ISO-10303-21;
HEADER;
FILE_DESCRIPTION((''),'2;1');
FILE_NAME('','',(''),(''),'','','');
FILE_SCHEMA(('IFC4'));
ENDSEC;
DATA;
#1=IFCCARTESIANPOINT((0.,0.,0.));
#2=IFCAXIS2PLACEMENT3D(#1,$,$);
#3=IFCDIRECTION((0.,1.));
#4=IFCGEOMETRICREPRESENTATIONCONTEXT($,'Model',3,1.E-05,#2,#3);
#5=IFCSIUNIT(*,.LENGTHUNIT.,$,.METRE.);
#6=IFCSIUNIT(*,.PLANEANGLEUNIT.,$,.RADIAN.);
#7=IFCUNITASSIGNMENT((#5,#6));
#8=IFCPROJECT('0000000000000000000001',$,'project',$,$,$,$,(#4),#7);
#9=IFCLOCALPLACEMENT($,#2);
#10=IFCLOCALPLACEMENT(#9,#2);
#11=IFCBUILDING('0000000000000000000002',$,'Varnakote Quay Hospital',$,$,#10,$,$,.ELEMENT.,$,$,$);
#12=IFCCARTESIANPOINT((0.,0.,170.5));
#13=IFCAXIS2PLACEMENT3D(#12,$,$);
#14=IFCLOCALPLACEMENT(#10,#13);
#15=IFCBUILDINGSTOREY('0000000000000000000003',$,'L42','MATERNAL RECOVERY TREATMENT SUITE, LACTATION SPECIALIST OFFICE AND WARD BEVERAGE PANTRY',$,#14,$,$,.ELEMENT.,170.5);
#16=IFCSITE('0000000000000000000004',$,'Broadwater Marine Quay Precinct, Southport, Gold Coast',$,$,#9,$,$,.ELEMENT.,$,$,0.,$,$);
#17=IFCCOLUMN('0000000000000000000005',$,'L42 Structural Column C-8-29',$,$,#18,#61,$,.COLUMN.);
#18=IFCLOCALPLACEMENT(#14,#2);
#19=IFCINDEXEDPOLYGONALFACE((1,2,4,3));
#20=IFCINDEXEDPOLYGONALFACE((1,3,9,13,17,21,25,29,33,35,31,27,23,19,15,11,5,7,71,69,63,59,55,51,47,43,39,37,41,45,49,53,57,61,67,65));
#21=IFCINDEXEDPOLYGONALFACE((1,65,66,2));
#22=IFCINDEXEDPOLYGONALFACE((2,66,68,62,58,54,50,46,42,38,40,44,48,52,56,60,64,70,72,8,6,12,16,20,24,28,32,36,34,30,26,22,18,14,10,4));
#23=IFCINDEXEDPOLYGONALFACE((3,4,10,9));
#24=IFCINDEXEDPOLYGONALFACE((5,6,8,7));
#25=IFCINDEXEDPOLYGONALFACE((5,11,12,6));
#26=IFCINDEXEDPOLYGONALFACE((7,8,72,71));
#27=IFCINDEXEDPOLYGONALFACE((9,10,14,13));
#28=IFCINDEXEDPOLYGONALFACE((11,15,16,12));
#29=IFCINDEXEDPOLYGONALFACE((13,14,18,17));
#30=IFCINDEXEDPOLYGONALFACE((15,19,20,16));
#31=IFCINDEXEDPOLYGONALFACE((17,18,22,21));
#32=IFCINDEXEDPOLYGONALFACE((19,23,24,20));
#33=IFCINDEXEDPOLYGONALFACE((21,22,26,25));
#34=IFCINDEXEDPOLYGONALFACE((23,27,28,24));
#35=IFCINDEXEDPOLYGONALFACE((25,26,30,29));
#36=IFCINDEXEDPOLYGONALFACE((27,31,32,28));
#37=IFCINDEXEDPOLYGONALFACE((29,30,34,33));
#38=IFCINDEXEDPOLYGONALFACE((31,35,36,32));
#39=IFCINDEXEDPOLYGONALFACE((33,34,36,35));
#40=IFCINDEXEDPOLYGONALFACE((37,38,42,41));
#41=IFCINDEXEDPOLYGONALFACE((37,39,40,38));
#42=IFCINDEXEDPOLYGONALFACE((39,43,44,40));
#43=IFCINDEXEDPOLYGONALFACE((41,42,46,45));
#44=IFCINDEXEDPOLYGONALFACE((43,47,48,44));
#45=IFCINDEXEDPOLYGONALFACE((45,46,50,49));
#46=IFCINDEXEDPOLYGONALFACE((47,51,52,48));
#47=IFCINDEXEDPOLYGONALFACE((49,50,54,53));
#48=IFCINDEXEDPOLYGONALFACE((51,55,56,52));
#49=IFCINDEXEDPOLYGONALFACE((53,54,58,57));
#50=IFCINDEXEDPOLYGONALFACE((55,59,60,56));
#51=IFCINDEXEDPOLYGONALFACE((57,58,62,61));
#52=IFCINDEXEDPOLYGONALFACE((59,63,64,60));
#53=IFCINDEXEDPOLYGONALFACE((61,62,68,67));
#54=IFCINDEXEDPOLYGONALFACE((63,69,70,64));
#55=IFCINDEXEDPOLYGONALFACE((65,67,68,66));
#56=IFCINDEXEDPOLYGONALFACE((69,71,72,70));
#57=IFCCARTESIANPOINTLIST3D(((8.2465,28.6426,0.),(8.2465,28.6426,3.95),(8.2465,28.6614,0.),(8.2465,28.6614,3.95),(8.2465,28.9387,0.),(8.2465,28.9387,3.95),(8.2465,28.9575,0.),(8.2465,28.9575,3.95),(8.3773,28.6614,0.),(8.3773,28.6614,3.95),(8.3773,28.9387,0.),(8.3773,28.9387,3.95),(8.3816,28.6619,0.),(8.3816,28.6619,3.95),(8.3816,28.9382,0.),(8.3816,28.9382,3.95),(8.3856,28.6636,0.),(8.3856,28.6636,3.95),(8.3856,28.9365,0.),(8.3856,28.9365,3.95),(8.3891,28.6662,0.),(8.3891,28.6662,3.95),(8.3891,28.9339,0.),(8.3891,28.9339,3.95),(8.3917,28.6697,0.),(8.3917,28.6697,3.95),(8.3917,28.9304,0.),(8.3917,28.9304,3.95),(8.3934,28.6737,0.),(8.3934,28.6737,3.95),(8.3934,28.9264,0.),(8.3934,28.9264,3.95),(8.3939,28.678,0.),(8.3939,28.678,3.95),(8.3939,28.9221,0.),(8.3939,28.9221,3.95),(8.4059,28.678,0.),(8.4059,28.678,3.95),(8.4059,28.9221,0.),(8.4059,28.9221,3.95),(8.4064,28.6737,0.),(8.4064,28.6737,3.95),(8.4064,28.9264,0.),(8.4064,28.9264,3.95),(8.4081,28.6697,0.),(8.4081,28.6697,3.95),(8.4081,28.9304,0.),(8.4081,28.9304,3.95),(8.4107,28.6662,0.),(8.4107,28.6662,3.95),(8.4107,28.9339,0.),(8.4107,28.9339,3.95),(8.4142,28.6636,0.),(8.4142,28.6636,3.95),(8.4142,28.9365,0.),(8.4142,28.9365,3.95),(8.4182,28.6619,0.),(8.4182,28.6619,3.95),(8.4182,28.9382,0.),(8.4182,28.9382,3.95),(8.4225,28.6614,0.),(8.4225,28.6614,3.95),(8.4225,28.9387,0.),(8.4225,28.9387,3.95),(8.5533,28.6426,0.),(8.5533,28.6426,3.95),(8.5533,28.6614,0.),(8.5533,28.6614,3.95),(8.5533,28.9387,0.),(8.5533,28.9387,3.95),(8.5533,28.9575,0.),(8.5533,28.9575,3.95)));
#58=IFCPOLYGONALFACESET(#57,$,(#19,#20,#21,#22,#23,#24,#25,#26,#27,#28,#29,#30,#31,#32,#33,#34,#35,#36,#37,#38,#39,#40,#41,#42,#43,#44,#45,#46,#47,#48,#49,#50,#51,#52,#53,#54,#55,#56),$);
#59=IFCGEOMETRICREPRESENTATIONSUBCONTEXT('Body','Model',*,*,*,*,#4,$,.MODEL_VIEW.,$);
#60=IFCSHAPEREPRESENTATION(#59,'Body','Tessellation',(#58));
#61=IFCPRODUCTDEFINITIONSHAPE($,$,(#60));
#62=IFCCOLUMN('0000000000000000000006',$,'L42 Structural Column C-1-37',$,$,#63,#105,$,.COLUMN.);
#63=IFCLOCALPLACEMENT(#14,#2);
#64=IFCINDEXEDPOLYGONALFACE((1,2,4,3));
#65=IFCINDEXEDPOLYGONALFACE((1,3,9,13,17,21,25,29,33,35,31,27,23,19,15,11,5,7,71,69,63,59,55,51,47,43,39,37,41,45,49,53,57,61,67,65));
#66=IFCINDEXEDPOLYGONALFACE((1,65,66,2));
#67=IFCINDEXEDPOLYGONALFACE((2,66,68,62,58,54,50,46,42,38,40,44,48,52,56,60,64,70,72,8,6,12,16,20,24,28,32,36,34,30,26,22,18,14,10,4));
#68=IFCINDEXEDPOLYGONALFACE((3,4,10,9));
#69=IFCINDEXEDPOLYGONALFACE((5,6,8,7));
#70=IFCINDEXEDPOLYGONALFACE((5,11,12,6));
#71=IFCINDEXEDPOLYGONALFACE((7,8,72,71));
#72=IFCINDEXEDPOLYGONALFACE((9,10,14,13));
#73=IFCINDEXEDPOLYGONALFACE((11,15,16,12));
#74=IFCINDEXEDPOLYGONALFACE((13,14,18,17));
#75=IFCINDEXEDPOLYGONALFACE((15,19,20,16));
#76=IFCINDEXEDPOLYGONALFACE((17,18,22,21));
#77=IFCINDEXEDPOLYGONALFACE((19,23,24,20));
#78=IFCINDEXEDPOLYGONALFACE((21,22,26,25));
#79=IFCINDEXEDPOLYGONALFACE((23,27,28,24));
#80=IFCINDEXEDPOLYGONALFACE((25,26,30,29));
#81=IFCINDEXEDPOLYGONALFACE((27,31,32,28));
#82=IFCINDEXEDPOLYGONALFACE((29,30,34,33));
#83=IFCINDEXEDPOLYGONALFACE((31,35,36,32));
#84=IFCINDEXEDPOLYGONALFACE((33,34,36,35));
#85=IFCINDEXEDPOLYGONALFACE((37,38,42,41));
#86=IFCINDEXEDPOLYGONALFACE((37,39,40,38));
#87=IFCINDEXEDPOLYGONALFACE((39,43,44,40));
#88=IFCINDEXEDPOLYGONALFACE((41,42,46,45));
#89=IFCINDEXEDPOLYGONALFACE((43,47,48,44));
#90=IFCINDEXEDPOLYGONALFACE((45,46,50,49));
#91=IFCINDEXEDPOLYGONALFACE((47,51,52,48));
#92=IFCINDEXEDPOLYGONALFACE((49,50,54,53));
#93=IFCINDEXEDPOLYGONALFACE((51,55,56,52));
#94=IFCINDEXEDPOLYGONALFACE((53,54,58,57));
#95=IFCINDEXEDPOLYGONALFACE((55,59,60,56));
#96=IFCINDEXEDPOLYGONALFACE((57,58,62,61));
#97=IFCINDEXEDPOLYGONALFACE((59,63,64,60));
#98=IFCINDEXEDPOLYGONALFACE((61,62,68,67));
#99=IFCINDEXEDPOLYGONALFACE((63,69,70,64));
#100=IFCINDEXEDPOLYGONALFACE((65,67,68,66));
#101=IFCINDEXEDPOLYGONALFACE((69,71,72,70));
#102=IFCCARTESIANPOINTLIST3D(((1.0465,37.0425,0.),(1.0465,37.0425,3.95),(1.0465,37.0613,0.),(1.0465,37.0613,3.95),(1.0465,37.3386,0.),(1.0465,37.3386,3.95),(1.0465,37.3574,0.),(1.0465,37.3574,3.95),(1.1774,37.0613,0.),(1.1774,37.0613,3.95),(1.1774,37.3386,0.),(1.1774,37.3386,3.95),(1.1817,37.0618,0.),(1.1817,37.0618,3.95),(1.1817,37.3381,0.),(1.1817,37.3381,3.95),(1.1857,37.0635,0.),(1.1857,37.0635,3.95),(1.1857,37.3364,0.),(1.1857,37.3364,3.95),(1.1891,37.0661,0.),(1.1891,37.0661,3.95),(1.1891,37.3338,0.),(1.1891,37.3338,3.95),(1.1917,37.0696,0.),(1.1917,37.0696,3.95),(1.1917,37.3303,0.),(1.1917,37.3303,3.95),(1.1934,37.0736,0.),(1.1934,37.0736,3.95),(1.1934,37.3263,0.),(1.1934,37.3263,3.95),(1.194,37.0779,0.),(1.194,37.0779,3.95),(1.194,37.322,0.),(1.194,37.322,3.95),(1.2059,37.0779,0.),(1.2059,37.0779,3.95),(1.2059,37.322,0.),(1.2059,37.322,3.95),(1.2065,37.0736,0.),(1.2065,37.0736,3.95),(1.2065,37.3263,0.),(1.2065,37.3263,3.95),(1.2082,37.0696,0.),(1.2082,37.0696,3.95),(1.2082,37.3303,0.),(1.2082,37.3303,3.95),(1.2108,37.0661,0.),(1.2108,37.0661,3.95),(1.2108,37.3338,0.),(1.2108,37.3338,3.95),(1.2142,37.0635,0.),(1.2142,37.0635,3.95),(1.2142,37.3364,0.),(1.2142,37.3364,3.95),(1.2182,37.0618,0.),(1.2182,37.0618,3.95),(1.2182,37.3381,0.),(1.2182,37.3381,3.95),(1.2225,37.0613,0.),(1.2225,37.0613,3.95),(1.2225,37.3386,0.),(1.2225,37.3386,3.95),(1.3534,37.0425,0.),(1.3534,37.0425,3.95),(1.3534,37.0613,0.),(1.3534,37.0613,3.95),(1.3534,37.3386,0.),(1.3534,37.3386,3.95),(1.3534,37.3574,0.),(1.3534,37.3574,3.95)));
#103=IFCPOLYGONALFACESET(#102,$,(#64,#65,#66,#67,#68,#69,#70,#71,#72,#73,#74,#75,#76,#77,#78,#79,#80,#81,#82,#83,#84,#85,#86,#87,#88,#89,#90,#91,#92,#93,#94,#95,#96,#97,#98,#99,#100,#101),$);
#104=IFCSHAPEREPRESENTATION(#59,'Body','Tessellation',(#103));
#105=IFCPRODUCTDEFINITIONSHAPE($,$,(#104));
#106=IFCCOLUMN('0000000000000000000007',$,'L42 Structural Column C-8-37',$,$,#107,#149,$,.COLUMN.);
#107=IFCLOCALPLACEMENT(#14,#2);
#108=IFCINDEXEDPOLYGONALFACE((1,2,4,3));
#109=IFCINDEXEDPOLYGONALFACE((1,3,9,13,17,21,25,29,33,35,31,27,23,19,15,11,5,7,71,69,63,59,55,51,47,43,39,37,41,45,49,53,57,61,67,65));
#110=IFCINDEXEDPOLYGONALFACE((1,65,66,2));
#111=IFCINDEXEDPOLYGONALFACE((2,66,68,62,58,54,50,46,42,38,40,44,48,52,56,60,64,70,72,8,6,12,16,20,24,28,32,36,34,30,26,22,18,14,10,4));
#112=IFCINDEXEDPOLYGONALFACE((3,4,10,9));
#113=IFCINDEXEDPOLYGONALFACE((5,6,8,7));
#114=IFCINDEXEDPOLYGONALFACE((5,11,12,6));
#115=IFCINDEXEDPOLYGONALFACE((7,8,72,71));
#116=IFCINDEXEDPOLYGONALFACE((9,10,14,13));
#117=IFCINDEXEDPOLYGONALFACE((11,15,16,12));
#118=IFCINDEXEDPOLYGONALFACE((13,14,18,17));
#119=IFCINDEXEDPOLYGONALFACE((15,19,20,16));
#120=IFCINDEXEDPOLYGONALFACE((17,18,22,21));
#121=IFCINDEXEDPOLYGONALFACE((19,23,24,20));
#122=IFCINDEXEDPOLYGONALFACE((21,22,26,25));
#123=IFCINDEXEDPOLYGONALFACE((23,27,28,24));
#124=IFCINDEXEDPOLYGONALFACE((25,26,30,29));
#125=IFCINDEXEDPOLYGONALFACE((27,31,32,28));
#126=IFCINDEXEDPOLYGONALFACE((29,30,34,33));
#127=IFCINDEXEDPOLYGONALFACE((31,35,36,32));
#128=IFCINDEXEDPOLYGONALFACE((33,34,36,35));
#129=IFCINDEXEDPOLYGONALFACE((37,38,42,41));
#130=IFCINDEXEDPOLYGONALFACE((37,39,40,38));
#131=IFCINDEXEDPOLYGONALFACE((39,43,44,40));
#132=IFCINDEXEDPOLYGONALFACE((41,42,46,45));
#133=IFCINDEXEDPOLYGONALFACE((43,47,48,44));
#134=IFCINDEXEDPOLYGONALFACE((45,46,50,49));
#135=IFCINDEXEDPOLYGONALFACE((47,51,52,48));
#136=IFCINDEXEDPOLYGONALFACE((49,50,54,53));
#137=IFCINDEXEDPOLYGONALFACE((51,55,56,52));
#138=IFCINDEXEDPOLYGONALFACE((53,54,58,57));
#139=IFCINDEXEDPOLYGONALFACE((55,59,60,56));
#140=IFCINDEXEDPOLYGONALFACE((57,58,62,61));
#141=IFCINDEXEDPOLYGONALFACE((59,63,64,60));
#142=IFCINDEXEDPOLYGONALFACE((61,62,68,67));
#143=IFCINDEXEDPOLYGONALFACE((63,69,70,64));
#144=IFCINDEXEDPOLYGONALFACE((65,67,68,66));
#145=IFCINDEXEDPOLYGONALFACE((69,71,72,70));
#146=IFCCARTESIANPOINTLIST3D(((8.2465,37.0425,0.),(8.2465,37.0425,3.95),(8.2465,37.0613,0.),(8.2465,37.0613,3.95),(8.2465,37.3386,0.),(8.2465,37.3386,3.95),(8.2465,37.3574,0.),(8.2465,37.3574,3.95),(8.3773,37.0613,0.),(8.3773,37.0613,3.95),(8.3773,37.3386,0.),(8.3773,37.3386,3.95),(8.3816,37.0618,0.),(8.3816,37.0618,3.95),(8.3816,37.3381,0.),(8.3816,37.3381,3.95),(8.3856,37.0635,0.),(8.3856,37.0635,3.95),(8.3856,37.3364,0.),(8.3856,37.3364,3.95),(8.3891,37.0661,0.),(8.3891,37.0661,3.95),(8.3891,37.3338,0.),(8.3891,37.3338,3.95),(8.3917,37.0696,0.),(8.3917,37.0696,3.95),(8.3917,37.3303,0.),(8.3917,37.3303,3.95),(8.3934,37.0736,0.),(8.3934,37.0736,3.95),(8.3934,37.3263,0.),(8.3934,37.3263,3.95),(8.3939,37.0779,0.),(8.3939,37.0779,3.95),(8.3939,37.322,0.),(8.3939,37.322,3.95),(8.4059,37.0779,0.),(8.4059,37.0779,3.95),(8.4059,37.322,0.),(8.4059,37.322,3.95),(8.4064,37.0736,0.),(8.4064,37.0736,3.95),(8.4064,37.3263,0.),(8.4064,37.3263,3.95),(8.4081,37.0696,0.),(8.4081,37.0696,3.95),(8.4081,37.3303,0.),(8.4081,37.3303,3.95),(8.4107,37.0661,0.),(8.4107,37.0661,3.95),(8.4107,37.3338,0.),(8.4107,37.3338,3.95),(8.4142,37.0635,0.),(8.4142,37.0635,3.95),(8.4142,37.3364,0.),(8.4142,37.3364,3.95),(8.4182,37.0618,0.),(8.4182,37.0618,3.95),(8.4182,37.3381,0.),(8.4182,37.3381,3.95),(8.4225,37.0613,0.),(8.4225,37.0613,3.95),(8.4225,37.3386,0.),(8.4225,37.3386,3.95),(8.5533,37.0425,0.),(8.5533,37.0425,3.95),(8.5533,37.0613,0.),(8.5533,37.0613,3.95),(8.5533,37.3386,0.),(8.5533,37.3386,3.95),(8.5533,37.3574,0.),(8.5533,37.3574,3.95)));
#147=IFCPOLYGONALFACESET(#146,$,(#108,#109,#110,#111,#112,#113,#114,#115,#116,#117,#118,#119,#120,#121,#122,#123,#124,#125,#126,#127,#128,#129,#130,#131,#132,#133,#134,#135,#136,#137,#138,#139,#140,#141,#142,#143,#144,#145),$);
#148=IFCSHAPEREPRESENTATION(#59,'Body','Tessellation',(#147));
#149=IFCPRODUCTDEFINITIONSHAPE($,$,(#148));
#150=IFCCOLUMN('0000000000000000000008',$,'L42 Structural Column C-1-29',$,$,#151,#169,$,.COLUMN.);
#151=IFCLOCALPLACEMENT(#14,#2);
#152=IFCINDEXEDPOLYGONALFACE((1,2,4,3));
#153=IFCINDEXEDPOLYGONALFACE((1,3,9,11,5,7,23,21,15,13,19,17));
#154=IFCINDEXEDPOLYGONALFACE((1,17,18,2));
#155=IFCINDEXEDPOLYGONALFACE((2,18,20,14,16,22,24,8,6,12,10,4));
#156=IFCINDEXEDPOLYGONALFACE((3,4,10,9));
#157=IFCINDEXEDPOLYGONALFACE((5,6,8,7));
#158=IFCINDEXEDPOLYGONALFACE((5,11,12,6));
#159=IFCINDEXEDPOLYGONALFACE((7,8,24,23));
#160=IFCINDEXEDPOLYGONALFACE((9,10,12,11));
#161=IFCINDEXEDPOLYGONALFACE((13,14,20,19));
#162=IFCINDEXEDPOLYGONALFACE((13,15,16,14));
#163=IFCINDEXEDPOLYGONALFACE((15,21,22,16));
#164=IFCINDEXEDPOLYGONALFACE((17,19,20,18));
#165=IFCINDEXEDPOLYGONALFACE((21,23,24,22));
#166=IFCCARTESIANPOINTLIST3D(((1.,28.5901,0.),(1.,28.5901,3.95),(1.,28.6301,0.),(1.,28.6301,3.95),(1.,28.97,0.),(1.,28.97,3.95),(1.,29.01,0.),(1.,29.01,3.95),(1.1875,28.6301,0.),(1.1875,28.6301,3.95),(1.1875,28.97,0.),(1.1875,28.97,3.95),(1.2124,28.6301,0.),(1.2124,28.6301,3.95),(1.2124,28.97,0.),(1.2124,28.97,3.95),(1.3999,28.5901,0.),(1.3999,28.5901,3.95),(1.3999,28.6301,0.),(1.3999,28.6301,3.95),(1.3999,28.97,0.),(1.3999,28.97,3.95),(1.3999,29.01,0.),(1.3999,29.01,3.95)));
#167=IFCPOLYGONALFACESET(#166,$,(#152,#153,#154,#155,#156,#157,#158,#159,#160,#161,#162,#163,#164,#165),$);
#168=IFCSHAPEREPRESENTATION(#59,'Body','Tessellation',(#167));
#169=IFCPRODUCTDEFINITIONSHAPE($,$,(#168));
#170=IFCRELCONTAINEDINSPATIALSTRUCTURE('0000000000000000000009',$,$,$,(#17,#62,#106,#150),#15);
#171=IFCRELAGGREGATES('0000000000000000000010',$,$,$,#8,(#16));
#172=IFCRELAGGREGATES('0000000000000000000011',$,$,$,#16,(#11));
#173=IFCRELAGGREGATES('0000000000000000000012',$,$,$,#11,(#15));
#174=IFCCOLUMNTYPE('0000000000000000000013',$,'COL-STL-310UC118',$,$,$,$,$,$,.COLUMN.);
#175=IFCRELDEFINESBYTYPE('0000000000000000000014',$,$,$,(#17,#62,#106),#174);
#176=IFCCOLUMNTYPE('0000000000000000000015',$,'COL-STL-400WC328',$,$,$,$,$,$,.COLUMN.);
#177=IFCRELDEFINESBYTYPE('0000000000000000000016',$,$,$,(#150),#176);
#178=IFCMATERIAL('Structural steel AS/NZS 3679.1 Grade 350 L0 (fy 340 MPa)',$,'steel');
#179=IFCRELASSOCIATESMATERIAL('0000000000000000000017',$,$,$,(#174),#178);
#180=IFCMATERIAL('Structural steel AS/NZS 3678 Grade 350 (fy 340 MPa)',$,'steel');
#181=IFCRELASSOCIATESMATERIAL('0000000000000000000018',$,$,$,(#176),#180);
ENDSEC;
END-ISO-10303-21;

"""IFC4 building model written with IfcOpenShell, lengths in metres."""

from ifc_helpers import new_model, si_unit, direction, frame, origin, origin_2d, place, context, subcontext, project, spatial, i_section, extrude, material, material_profile, profile_set, type_object, element, save


model = new_model("IFC4")

# Units and contexts
model_context = context("Model", 3, precision=1e-05, world=origin(), true_north=direction((0.0, 1.0)))
body_context = subcontext(model_context, "Body", "Model", "MODEL_VIEW")
ifc_project = project(units=[si_unit("LENGTHUNIT", "METRE"), si_unit("PLANEANGLEUNIT", "RADIAN")], contexts=[model_context])

# Site, building, storey
site_placement = place(None, origin())
site = spatial("IfcSite", under=ifc_project, at=site_placement, Name="Broadwater Marine Quay Precinct, Southport, Gold Coast", CompositionType="ELEMENT", RefElevation=0.0)
building_placement = place(site_placement, origin())
building = spatial("IfcBuilding", under=site, at=building_placement, Name="Varnakote Quay Hospital", CompositionType="ELEMENT")
storey_placement = place(building_placement, frame((0.0, 0.0, 170.5)))
storey = spatial("IfcBuildingStorey", under=building, at=storey_placement, Name="L42", Description="MATERNAL RECOVERY TREATMENT SUITE, LACTATION SPECIALIST OFFICE AND WARD BEVERAGE PANTRY", CompositionType="ELEMENT", Elevation=170.5)

# Columns
ifc_material_1 = material(Name="Structural steel AS/NZS 3679.1 Grade 350 L0 (fy 340 MPa)", Category="steel")
ifc_material_profile_1 = material_profile(ifc_material_1, i_section(OverallWidth=0.3069, OverallDepth=0.3149, WebThickness=0.012, FlangeThickness=0.0188, FilletRadius=0.0166, at=origin_2d()), Name="310UC118")
ifc_profile_set_1 = profile_set([ifc_material_profile_1], Name="Structural steel AS/NZS 3679.1 Grade 350 L0 (fy 340 MPa)")
column_type_1 = type_object("IfcColumnType", Name="COL-STL-310UC118", PredefinedType="COLUMN", material=ifc_profile_set_1)
for number, where, z_axis, x_axis, name in (
    (1, (8.3999, 28.8, 0.0), (0.0, 0.0, 1.0), (1.0, 0.0, 0.0), "L42 Structural Column C-8-29"),
    (2, (1.2, 37.2, 0.0), (0.0, 0.0, 1.0), (1.0, 0.0, 0.0), "L42 Structural Column C-1-37"),
    (3, (8.3999, 37.2, 0.0), (0.0, 0.0, 1.0), (1.0, 0.0, 0.0), "L42 Structural Column C-8-37"),
):
    element("IfcColumn", number, at=place(storey_placement, frame(where, z_axis=z_axis, x_axis=x_axis)), inside=storey, type_object=column_type_1, Name=name, PredefinedType="COLUMN", context=body_context, shape_type="SweptSolid", body=[
        extrude(i_section(OverallWidth=0.3069, OverallDepth=0.3149, WebThickness=0.012, FlangeThickness=0.0188, FilletRadius=0.0166, at=origin_2d()), origin(), (0.0, 0.0, 1.0), 3.95),
    ])
ifc_material_2 = material(Name="Structural steel AS/NZS 3678 Grade 350 (fy 340 MPa)", Category="steel")
ifc_material_profile_2 = material_profile(ifc_material_2, i_section(OverallWidth=0.3999, OverallDepth=0.4199, WebThickness=0.0249, FlangeThickness=0.04, at=origin_2d()), Name="400WC328")
ifc_profile_set_2 = profile_set([ifc_material_profile_2], Name="Structural steel AS/NZS 3678 Grade 350 (fy 340 MPa)")
column_type_2 = type_object("IfcColumnType", Name="COL-STL-400WC328", PredefinedType="COLUMN", material=ifc_profile_set_2)
column_placement = place(storey_placement, frame((1.2, 28.8, 0.0), z_axis=(0.0, 0.0, 1.0), x_axis=(1.0, 0.0, 0.0)))
element("IfcColumn", 4, at=column_placement, inside=storey, type_object=column_type_2, Name="L42 Structural Column C-1-29", PredefinedType="COLUMN", context=body_context, shape_type="SweptSolid", body=[
    extrude(i_section(OverallWidth=0.3999, OverallDepth=0.4199, WebThickness=0.0249, FlangeThickness=0.04, at=origin_2d()), origin(), (0.0, 0.0, 1.0), 3.95),
])

save(model, "model.ifc")
